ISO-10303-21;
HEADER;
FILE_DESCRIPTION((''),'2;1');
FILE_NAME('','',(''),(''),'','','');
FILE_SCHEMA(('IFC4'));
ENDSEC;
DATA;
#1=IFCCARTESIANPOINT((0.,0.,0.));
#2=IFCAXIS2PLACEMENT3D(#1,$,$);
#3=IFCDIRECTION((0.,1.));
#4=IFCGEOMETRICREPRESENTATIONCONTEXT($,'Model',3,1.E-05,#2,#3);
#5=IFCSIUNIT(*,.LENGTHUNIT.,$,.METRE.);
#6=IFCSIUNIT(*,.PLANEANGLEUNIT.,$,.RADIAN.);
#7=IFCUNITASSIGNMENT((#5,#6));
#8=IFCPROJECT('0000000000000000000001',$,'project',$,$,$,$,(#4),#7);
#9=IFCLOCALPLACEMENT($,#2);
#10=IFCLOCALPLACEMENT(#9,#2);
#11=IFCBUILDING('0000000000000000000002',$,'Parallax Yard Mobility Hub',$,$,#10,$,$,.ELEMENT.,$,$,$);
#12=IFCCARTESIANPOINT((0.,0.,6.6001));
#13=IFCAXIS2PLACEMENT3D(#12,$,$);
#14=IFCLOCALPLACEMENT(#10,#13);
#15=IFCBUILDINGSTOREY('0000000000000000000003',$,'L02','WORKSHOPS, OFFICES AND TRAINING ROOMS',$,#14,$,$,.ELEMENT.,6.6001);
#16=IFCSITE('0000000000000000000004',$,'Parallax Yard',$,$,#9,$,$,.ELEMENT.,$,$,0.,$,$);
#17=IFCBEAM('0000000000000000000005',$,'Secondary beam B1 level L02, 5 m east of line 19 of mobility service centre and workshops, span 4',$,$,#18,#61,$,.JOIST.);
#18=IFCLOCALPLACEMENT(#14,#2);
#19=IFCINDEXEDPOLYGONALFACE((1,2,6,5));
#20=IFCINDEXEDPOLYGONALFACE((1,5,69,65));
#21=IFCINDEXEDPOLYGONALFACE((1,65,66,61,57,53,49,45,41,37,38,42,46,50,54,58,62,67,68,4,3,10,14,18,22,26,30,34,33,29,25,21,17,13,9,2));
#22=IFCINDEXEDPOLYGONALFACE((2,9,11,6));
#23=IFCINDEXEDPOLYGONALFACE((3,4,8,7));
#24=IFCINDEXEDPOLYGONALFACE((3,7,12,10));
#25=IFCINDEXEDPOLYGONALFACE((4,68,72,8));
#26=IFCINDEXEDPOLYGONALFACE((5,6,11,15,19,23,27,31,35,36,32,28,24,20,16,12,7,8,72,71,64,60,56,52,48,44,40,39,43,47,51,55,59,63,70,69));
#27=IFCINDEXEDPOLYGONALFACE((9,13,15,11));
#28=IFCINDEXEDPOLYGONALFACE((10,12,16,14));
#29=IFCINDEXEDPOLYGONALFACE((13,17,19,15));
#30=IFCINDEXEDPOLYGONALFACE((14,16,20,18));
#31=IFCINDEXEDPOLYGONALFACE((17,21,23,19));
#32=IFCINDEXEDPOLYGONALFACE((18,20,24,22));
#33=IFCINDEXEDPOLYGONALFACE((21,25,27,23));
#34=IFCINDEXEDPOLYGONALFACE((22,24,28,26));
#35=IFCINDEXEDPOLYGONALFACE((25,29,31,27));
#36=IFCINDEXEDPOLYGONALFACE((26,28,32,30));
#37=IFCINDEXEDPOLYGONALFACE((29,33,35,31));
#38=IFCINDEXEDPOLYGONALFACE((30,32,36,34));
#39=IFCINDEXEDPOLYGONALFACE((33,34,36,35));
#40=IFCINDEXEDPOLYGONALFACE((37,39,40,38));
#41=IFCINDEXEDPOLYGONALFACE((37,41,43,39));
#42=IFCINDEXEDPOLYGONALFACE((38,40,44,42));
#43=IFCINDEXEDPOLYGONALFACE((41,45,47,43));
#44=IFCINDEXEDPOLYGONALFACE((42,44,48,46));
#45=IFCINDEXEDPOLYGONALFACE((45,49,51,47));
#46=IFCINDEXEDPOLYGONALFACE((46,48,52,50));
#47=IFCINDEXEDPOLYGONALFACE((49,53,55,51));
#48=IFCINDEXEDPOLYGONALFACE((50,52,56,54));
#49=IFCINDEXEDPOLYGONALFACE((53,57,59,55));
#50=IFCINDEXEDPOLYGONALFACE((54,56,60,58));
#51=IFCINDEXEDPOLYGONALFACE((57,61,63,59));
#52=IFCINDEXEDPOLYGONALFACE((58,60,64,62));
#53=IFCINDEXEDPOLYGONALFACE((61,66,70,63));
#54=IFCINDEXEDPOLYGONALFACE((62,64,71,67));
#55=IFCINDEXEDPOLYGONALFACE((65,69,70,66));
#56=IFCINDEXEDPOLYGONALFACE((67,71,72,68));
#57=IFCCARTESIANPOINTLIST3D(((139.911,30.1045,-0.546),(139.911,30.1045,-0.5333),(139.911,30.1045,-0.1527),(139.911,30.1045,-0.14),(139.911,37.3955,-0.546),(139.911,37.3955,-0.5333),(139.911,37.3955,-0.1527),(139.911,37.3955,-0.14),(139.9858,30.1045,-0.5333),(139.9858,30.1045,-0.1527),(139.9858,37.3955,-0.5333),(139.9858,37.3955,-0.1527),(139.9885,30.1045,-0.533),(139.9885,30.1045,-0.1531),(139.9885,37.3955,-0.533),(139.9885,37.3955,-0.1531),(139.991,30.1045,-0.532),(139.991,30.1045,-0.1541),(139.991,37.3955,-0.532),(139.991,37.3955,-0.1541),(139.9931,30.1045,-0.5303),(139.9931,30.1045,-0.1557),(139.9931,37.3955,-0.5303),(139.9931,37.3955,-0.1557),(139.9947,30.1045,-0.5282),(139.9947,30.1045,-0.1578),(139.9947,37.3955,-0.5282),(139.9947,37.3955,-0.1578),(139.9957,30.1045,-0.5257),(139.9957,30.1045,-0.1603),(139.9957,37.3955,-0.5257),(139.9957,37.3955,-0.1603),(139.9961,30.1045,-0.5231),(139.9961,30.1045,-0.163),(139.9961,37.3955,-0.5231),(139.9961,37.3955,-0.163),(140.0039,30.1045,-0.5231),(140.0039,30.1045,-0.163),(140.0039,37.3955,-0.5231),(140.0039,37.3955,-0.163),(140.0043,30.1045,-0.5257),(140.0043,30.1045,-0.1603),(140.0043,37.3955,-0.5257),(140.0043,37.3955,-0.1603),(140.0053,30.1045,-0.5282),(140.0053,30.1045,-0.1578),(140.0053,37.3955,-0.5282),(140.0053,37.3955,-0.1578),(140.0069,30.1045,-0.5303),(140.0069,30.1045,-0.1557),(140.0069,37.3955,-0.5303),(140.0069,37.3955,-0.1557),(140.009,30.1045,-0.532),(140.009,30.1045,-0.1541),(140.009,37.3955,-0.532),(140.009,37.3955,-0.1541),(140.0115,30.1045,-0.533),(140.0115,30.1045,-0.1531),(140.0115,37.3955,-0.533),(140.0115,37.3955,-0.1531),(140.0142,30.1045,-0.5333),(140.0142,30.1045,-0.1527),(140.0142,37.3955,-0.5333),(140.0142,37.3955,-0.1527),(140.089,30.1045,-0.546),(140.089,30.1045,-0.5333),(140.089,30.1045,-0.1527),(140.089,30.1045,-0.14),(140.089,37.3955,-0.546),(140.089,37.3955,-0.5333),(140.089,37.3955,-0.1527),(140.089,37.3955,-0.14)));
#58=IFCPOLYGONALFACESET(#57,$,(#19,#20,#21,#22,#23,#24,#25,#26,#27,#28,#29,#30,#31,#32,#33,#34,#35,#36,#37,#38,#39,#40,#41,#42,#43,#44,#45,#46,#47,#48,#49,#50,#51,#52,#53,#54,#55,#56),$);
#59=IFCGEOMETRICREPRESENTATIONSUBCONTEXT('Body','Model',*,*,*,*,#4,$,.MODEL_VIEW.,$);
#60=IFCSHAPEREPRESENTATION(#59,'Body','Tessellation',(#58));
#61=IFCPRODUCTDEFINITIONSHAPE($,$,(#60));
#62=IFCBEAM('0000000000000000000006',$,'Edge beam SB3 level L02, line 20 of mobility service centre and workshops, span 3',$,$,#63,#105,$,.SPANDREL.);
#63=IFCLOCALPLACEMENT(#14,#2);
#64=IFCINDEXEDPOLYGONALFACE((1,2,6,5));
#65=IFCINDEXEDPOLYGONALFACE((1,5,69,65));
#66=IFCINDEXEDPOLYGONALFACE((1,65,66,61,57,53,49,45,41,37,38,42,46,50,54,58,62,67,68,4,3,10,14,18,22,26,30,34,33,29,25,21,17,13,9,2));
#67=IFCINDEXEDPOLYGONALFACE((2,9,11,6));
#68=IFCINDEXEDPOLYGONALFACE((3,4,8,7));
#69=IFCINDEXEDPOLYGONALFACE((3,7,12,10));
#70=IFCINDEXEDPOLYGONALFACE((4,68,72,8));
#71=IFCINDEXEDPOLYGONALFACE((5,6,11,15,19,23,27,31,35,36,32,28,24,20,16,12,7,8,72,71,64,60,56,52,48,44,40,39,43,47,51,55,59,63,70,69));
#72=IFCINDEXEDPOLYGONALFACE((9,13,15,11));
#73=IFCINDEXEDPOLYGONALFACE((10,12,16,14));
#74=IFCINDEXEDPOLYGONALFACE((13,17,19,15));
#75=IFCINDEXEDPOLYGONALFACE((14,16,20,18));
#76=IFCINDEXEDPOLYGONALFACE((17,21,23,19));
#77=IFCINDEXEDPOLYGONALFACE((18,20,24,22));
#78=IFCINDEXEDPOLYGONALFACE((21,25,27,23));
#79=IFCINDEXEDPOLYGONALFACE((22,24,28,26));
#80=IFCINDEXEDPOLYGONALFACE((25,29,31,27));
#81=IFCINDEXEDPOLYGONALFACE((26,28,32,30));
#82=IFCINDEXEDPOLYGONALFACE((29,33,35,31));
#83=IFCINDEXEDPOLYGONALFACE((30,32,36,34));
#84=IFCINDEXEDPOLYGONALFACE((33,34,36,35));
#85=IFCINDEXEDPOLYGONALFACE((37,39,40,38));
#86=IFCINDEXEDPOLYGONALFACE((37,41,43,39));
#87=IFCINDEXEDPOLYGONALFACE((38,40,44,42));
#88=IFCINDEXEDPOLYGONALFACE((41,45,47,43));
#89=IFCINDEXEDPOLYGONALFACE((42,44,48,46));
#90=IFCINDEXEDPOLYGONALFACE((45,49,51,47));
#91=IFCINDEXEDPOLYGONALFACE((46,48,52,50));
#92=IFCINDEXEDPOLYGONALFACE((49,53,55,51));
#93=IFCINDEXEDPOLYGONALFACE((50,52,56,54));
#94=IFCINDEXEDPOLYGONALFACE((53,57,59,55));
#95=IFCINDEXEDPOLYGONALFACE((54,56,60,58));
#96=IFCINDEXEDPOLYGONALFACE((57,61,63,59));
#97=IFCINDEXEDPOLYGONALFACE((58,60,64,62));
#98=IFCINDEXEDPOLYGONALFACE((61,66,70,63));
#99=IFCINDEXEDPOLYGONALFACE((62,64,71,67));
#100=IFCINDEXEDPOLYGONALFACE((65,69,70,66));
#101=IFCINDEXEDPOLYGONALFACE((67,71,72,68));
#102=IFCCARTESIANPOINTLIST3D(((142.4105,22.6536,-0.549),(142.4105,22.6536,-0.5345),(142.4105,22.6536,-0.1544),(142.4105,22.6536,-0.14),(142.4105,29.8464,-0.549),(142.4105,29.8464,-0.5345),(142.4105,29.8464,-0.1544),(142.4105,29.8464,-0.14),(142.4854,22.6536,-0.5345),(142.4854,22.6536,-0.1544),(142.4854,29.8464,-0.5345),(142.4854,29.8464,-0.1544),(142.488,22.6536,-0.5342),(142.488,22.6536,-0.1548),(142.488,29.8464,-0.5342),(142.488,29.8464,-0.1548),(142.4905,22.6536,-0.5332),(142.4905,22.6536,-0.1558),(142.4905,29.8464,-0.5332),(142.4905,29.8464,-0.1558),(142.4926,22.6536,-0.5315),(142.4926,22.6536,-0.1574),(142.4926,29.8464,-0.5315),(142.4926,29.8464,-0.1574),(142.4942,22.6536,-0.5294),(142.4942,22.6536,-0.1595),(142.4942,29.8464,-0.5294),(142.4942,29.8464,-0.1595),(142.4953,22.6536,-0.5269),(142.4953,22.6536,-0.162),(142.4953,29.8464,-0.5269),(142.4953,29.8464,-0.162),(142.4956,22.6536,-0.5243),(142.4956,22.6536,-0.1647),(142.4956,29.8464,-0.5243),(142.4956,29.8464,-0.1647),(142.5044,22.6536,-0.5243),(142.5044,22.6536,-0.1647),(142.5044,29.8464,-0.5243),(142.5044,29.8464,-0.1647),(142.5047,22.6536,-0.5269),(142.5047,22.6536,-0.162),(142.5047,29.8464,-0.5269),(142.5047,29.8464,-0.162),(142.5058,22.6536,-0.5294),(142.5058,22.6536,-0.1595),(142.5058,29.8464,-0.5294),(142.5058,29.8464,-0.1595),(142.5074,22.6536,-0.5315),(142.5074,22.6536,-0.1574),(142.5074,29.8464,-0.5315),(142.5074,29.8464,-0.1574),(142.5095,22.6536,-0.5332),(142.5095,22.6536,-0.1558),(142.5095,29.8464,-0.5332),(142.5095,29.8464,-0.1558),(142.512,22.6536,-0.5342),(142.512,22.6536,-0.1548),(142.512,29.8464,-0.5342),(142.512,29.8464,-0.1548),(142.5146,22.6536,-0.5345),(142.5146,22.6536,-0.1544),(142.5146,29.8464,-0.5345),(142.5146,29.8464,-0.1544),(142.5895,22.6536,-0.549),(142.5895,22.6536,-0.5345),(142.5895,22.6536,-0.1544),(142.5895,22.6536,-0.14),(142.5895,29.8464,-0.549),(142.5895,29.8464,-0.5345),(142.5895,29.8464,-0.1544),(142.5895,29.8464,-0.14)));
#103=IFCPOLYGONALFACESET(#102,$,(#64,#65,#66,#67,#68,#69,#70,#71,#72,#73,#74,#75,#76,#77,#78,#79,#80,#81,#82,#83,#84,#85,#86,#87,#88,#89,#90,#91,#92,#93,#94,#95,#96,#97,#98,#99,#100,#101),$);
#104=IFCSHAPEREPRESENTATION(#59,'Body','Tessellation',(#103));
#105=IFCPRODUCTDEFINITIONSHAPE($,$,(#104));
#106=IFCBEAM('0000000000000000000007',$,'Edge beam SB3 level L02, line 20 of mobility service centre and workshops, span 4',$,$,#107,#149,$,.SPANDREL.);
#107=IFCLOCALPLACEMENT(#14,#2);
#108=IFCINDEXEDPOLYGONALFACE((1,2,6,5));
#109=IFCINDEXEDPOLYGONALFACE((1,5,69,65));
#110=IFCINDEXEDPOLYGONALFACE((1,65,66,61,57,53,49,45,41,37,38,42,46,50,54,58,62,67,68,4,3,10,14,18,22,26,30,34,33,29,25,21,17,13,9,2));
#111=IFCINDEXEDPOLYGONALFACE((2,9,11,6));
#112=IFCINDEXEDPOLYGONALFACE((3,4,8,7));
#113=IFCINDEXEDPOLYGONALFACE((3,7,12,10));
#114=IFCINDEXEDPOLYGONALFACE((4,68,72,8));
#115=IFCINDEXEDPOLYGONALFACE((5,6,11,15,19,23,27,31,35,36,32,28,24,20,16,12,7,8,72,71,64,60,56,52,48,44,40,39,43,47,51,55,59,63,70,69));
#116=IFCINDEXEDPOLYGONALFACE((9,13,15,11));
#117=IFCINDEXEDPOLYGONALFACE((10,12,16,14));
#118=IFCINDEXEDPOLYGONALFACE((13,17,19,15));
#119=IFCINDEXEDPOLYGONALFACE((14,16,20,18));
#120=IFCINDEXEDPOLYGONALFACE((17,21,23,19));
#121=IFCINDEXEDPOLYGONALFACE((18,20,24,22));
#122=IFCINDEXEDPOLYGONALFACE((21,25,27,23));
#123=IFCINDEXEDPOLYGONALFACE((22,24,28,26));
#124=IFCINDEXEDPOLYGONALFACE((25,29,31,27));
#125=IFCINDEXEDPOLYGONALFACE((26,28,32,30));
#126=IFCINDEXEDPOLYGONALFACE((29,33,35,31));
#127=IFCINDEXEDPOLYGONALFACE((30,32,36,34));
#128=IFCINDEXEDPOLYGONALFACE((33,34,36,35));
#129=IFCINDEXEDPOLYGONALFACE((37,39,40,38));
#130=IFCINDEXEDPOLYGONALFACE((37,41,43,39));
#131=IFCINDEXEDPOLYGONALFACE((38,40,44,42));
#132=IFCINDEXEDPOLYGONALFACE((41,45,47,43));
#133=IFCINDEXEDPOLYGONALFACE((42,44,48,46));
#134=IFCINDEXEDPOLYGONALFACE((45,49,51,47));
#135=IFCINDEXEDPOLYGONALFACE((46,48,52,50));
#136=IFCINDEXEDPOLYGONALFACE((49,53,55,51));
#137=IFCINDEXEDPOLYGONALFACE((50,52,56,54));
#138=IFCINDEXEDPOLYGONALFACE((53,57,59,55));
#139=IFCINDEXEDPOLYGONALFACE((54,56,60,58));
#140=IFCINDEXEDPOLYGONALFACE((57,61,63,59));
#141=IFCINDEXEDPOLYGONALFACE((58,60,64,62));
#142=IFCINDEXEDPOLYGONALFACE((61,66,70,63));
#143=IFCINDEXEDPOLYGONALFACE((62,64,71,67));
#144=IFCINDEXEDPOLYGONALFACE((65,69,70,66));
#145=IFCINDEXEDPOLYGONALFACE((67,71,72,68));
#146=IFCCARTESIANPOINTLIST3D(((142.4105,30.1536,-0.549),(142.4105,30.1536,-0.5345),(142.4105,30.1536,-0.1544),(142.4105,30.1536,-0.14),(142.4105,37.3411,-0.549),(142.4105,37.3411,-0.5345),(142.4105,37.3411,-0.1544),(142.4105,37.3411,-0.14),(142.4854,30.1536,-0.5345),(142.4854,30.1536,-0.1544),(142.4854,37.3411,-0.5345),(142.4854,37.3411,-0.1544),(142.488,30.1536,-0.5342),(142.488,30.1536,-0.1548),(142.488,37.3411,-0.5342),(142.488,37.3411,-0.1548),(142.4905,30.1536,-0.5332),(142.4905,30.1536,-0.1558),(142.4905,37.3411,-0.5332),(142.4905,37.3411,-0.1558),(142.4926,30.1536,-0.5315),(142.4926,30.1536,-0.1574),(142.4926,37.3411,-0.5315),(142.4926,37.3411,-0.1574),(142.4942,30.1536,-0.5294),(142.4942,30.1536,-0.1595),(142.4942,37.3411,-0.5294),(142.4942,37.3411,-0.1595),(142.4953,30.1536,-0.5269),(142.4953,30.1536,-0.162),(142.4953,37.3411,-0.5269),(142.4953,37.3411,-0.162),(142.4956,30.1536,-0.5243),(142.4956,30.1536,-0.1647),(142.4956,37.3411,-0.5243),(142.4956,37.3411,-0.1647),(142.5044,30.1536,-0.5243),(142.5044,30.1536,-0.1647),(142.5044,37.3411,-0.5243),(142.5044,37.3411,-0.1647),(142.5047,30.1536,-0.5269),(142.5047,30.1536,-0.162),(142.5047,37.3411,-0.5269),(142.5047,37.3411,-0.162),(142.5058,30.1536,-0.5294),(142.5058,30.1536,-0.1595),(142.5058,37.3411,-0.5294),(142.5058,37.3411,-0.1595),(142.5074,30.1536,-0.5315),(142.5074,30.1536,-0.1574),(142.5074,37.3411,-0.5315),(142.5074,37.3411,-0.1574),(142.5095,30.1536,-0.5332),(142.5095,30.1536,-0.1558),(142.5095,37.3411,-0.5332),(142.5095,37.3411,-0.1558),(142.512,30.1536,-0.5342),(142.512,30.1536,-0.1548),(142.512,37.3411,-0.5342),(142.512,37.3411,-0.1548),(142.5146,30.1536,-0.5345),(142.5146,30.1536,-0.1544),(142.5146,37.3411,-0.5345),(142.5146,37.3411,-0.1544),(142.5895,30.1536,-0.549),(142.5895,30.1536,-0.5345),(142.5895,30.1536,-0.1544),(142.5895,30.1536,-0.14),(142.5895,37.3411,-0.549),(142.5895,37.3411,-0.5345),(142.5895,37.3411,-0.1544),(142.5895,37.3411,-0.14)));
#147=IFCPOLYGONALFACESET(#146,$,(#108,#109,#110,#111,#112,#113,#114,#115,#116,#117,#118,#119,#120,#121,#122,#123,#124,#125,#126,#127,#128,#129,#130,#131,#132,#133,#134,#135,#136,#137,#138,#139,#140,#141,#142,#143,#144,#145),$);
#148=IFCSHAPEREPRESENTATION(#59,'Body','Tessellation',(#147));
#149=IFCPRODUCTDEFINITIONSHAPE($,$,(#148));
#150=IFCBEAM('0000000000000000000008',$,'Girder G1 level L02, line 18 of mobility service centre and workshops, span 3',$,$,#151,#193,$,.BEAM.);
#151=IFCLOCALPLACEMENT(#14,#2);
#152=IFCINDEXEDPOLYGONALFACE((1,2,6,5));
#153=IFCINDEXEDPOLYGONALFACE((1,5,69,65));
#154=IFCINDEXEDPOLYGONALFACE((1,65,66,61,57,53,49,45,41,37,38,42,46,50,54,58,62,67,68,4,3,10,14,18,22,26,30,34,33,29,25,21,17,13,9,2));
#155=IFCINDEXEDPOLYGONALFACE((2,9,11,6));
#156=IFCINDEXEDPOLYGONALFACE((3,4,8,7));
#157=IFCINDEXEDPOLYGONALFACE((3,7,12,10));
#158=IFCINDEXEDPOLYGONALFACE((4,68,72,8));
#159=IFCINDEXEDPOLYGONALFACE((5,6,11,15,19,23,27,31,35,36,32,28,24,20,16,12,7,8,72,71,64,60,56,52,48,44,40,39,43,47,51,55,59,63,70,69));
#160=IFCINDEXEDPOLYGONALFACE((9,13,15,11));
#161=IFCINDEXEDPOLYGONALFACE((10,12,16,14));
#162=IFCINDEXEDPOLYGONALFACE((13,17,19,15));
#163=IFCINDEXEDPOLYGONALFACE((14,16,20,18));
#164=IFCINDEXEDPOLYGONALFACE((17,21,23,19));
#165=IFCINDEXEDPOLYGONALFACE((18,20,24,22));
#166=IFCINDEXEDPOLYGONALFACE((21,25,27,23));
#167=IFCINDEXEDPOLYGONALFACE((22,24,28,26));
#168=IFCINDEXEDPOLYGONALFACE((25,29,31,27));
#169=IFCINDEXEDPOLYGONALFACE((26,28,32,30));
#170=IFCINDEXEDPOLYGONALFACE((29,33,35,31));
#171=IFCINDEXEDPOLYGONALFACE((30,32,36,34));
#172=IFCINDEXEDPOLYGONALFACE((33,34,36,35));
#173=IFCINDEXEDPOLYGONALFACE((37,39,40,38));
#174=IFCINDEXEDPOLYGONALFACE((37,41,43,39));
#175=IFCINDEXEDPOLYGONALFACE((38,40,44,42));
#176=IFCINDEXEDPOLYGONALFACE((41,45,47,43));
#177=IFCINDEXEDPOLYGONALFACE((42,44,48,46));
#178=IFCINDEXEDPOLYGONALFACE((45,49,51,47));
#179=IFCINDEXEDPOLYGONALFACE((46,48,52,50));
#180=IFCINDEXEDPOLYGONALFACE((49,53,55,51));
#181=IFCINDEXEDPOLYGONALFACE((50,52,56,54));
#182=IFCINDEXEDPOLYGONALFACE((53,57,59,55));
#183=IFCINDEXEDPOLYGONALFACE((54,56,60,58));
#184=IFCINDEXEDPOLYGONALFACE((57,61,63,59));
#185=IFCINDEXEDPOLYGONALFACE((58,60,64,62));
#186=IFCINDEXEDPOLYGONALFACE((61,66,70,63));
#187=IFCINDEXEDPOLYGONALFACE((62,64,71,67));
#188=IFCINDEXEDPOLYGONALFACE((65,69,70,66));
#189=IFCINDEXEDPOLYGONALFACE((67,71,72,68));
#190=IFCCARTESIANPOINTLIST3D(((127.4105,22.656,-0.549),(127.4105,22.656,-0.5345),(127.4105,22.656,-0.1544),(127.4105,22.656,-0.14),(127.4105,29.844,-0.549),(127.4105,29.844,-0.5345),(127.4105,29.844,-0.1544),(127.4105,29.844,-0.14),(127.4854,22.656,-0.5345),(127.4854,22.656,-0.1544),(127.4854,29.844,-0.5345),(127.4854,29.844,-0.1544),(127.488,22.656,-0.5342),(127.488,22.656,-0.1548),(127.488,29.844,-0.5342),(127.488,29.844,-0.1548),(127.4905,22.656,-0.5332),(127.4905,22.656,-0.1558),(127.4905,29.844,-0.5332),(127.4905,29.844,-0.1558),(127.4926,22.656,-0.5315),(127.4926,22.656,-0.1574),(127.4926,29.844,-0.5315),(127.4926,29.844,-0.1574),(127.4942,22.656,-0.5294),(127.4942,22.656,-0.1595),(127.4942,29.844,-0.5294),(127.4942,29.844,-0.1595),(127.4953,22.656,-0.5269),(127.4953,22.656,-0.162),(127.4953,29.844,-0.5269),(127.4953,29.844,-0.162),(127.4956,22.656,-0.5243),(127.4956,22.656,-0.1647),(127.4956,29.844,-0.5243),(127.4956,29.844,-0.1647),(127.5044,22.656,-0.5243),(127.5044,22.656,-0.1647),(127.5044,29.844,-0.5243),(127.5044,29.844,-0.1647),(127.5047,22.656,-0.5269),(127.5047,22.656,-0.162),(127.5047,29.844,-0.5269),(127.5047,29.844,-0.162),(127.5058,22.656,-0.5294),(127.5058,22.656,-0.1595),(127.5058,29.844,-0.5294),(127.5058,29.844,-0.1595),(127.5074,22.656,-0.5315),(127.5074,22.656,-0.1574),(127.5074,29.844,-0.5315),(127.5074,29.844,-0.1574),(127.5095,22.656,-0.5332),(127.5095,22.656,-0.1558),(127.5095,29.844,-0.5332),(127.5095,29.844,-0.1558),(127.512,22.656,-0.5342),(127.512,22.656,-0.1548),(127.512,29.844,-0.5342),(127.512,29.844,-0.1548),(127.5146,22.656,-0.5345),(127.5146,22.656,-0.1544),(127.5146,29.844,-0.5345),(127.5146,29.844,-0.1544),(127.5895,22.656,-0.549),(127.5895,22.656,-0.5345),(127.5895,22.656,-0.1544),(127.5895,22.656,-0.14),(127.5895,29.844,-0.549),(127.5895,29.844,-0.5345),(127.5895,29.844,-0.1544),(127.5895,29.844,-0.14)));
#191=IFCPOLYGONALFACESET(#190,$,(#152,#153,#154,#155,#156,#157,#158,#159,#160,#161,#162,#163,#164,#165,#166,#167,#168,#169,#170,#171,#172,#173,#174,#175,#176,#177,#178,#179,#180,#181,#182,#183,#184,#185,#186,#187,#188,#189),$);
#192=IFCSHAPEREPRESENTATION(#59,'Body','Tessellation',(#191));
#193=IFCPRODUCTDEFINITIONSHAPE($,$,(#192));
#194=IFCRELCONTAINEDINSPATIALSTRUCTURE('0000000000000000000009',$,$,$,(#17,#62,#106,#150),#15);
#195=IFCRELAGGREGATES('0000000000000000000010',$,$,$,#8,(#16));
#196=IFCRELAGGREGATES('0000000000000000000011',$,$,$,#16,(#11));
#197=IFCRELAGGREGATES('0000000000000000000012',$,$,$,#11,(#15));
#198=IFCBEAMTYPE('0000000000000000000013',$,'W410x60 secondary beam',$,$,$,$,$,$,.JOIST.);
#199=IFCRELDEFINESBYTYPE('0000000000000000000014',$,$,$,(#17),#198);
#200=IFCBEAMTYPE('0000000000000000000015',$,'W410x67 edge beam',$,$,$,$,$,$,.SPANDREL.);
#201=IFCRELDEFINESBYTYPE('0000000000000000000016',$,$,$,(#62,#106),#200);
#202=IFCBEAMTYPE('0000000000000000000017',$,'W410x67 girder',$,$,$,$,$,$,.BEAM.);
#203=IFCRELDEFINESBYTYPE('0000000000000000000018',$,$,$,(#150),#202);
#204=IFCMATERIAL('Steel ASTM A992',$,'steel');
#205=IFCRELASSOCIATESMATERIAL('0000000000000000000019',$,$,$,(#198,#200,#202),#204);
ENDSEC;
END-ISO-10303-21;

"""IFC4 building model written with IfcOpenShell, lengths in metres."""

from ifc_helpers import new_model, si_unit, direction, frame, origin, origin_2d, place, context, subcontext, project, spatial, i_section, extrude, material, material_profile, profile_set, type_object, element, save


model = new_model("IFC4")

# Units and contexts
model_context = context("Model", 3, precision=1e-05, world=origin(), true_north=direction((0.0, 1.0)))
body_context = subcontext(model_context, "Body", "Model", "MODEL_VIEW")
ifc_project = project(units=[si_unit("LENGTHUNIT", "METRE"), si_unit("PLANEANGLEUNIT", "RADIAN")], contexts=[model_context])

# Site, building, storey
site_placement = place(None, origin())
site = spatial("IfcSite", under=ifc_project, at=site_placement, Name="Parallax Yard", CompositionType="ELEMENT", RefElevation=0.0)
building_placement = place(site_placement, origin())
building = spatial("IfcBuilding", under=site, at=building_placement, Name="Parallax Yard Mobility Hub", CompositionType="ELEMENT")
storey_placement = place(building_placement, frame((0.0, 0.0, 6.6001)))
storey = spatial("IfcBuildingStorey", under=building, at=storey_placement, Name="L02", Description="WORKSHOPS, OFFICES AND TRAINING ROOMS", CompositionType="ELEMENT", Elevation=6.6001)

# Shared definitions
ifc_material_1 = material(Name="Steel ASTM A992", Category="steel")

# Beams
ifc_material_profile_1 = material_profile(ifc_material_1, i_section(OverallWidth=0.178, OverallDepth=0.406, WebThickness=0.0078, FlangeThickness=0.0127, FilletRadius=0.0103, at=origin_2d()), Name="W410x60")
ifc_profile_set_1 = profile_set([ifc_material_profile_1], Name="Steel ASTM A992")
beam_type_1 = type_object("IfcBeamType", Name="W410x60 secondary beam", PredefinedType="JOIST", material=ifc_profile_set_1)
for number, where, z_axis, x_axis, name in (
    (1, (140.0, 30.1045, -0.343), (0.0, 1.0, 0.0), (-1.0, 0.0, 0.0), "Secondary beam B1 level L02, 5 m east of line 19 of mobility service centre and workshops, span 4"),
):
    element("IfcBeam", number, at=place(storey_placement, frame(where, z_axis=z_axis, x_axis=x_axis)), inside=storey, type_object=beam_type_1, Name=name, PredefinedType="JOIST", context=body_context, shape_type="SweptSolid", body=[
        extrude(i_section(OverallWidth=0.178, OverallDepth=0.406, WebThickness=0.0078, FlangeThickness=0.0127, FilletRadius=0.0103, at=origin_2d()), origin(), (0.0, 0.0, 1.0), 7.291),
    ])
ifc_material_profile_2 = material_profile(ifc_material_1, i_section(OverallWidth=0.179, OverallDepth=0.4089, WebThickness=0.0088, FlangeThickness=0.0144, FilletRadius=0.0103, at=origin_2d()), Name="W410x67")
ifc_profile_set_2 = profile_set([ifc_material_profile_2], Name="Steel ASTM A992")
beam_type_2 = type_object("IfcBeamType", Name="W410x67 edge beam", PredefinedType="SPANDREL", material=ifc_profile_set_2)
beam_1_placement = place(storey_placement, frame((142.5, 22.6536, -0.3445), z_axis=(0.0, 1.0, 0.0), x_axis=(-1.0, 0.0, 0.0)))
element("IfcBeam", 2, at=beam_1_placement, inside=storey, type_object=beam_type_2, Name="Edge beam SB3 level L02, line 20 of mobility service centre and workshops, span 3", PredefinedType="SPANDREL", context=body_context, shape_type="SweptSolid", body=[
    extrude(i_section(OverallWidth=0.179, OverallDepth=0.4089, WebThickness=0.0088, FlangeThickness=0.0144, FilletRadius=0.0103, at=origin_2d()), origin(), (0.0, 0.0, 1.0), 7.1929),
])
beam_2_placement = place(storey_placement, frame((142.5, 30.1536, -0.3445), z_axis=(0.0, 1.0, 0.0), x_axis=(-1.0, 0.0, 0.0)))
element("IfcBeam", 3, at=beam_2_placement, inside=storey, type_object=beam_type_2, Name="Edge beam SB3 level L02, line 20 of mobility service centre and workshops, span 4", PredefinedType="SPANDREL", context=body_context, shape_type="SweptSolid", body=[
    extrude(i_section(OverallWidth=0.179, OverallDepth=0.4089, WebThickness=0.0088, FlangeThickness=0.0144, FilletRadius=0.0103, at=origin_2d()), origin(), (0.0, 0.0, 1.0), 7.1875),
])
ifc_material_profile_3 = material_profile(ifc_material_1, i_section(OverallWidth=0.179, OverallDepth=0.4089, WebThickness=0.0088, FlangeThickness=0.0144, FilletRadius=0.0103, at=origin_2d()), Name="W410x67")
ifc_profile_set_3 = profile_set([ifc_material_profile_3], Name="Steel ASTM A992")
beam_type_3 = type_object("IfcBeamType", Name="W410x67 girder", PredefinedType="BEAM", material=ifc_profile_set_3)
beam_3_placement = place(storey_placement, frame((127.5, 22.656, -0.3445), z_axis=(0.0, 1.0, 0.0), x_axis=(-1.0, 0.0, 0.0)))
element("IfcBeam", 4, at=beam_3_placement, inside=storey, type_object=beam_type_3, Name="Girder G1 level L02, line 18 of mobility service centre and workshops, span 3", PredefinedType="BEAM", context=body_context, shape_type="SweptSolid", body=[
    extrude(i_section(OverallWidth=0.179, OverallDepth=0.4089, WebThickness=0.0088, FlangeThickness=0.0144, FilletRadius=0.0103, at=origin_2d()), origin(), (0.0, 0.0, 1.0), 7.188),
])

save(model, "model.ifc")
